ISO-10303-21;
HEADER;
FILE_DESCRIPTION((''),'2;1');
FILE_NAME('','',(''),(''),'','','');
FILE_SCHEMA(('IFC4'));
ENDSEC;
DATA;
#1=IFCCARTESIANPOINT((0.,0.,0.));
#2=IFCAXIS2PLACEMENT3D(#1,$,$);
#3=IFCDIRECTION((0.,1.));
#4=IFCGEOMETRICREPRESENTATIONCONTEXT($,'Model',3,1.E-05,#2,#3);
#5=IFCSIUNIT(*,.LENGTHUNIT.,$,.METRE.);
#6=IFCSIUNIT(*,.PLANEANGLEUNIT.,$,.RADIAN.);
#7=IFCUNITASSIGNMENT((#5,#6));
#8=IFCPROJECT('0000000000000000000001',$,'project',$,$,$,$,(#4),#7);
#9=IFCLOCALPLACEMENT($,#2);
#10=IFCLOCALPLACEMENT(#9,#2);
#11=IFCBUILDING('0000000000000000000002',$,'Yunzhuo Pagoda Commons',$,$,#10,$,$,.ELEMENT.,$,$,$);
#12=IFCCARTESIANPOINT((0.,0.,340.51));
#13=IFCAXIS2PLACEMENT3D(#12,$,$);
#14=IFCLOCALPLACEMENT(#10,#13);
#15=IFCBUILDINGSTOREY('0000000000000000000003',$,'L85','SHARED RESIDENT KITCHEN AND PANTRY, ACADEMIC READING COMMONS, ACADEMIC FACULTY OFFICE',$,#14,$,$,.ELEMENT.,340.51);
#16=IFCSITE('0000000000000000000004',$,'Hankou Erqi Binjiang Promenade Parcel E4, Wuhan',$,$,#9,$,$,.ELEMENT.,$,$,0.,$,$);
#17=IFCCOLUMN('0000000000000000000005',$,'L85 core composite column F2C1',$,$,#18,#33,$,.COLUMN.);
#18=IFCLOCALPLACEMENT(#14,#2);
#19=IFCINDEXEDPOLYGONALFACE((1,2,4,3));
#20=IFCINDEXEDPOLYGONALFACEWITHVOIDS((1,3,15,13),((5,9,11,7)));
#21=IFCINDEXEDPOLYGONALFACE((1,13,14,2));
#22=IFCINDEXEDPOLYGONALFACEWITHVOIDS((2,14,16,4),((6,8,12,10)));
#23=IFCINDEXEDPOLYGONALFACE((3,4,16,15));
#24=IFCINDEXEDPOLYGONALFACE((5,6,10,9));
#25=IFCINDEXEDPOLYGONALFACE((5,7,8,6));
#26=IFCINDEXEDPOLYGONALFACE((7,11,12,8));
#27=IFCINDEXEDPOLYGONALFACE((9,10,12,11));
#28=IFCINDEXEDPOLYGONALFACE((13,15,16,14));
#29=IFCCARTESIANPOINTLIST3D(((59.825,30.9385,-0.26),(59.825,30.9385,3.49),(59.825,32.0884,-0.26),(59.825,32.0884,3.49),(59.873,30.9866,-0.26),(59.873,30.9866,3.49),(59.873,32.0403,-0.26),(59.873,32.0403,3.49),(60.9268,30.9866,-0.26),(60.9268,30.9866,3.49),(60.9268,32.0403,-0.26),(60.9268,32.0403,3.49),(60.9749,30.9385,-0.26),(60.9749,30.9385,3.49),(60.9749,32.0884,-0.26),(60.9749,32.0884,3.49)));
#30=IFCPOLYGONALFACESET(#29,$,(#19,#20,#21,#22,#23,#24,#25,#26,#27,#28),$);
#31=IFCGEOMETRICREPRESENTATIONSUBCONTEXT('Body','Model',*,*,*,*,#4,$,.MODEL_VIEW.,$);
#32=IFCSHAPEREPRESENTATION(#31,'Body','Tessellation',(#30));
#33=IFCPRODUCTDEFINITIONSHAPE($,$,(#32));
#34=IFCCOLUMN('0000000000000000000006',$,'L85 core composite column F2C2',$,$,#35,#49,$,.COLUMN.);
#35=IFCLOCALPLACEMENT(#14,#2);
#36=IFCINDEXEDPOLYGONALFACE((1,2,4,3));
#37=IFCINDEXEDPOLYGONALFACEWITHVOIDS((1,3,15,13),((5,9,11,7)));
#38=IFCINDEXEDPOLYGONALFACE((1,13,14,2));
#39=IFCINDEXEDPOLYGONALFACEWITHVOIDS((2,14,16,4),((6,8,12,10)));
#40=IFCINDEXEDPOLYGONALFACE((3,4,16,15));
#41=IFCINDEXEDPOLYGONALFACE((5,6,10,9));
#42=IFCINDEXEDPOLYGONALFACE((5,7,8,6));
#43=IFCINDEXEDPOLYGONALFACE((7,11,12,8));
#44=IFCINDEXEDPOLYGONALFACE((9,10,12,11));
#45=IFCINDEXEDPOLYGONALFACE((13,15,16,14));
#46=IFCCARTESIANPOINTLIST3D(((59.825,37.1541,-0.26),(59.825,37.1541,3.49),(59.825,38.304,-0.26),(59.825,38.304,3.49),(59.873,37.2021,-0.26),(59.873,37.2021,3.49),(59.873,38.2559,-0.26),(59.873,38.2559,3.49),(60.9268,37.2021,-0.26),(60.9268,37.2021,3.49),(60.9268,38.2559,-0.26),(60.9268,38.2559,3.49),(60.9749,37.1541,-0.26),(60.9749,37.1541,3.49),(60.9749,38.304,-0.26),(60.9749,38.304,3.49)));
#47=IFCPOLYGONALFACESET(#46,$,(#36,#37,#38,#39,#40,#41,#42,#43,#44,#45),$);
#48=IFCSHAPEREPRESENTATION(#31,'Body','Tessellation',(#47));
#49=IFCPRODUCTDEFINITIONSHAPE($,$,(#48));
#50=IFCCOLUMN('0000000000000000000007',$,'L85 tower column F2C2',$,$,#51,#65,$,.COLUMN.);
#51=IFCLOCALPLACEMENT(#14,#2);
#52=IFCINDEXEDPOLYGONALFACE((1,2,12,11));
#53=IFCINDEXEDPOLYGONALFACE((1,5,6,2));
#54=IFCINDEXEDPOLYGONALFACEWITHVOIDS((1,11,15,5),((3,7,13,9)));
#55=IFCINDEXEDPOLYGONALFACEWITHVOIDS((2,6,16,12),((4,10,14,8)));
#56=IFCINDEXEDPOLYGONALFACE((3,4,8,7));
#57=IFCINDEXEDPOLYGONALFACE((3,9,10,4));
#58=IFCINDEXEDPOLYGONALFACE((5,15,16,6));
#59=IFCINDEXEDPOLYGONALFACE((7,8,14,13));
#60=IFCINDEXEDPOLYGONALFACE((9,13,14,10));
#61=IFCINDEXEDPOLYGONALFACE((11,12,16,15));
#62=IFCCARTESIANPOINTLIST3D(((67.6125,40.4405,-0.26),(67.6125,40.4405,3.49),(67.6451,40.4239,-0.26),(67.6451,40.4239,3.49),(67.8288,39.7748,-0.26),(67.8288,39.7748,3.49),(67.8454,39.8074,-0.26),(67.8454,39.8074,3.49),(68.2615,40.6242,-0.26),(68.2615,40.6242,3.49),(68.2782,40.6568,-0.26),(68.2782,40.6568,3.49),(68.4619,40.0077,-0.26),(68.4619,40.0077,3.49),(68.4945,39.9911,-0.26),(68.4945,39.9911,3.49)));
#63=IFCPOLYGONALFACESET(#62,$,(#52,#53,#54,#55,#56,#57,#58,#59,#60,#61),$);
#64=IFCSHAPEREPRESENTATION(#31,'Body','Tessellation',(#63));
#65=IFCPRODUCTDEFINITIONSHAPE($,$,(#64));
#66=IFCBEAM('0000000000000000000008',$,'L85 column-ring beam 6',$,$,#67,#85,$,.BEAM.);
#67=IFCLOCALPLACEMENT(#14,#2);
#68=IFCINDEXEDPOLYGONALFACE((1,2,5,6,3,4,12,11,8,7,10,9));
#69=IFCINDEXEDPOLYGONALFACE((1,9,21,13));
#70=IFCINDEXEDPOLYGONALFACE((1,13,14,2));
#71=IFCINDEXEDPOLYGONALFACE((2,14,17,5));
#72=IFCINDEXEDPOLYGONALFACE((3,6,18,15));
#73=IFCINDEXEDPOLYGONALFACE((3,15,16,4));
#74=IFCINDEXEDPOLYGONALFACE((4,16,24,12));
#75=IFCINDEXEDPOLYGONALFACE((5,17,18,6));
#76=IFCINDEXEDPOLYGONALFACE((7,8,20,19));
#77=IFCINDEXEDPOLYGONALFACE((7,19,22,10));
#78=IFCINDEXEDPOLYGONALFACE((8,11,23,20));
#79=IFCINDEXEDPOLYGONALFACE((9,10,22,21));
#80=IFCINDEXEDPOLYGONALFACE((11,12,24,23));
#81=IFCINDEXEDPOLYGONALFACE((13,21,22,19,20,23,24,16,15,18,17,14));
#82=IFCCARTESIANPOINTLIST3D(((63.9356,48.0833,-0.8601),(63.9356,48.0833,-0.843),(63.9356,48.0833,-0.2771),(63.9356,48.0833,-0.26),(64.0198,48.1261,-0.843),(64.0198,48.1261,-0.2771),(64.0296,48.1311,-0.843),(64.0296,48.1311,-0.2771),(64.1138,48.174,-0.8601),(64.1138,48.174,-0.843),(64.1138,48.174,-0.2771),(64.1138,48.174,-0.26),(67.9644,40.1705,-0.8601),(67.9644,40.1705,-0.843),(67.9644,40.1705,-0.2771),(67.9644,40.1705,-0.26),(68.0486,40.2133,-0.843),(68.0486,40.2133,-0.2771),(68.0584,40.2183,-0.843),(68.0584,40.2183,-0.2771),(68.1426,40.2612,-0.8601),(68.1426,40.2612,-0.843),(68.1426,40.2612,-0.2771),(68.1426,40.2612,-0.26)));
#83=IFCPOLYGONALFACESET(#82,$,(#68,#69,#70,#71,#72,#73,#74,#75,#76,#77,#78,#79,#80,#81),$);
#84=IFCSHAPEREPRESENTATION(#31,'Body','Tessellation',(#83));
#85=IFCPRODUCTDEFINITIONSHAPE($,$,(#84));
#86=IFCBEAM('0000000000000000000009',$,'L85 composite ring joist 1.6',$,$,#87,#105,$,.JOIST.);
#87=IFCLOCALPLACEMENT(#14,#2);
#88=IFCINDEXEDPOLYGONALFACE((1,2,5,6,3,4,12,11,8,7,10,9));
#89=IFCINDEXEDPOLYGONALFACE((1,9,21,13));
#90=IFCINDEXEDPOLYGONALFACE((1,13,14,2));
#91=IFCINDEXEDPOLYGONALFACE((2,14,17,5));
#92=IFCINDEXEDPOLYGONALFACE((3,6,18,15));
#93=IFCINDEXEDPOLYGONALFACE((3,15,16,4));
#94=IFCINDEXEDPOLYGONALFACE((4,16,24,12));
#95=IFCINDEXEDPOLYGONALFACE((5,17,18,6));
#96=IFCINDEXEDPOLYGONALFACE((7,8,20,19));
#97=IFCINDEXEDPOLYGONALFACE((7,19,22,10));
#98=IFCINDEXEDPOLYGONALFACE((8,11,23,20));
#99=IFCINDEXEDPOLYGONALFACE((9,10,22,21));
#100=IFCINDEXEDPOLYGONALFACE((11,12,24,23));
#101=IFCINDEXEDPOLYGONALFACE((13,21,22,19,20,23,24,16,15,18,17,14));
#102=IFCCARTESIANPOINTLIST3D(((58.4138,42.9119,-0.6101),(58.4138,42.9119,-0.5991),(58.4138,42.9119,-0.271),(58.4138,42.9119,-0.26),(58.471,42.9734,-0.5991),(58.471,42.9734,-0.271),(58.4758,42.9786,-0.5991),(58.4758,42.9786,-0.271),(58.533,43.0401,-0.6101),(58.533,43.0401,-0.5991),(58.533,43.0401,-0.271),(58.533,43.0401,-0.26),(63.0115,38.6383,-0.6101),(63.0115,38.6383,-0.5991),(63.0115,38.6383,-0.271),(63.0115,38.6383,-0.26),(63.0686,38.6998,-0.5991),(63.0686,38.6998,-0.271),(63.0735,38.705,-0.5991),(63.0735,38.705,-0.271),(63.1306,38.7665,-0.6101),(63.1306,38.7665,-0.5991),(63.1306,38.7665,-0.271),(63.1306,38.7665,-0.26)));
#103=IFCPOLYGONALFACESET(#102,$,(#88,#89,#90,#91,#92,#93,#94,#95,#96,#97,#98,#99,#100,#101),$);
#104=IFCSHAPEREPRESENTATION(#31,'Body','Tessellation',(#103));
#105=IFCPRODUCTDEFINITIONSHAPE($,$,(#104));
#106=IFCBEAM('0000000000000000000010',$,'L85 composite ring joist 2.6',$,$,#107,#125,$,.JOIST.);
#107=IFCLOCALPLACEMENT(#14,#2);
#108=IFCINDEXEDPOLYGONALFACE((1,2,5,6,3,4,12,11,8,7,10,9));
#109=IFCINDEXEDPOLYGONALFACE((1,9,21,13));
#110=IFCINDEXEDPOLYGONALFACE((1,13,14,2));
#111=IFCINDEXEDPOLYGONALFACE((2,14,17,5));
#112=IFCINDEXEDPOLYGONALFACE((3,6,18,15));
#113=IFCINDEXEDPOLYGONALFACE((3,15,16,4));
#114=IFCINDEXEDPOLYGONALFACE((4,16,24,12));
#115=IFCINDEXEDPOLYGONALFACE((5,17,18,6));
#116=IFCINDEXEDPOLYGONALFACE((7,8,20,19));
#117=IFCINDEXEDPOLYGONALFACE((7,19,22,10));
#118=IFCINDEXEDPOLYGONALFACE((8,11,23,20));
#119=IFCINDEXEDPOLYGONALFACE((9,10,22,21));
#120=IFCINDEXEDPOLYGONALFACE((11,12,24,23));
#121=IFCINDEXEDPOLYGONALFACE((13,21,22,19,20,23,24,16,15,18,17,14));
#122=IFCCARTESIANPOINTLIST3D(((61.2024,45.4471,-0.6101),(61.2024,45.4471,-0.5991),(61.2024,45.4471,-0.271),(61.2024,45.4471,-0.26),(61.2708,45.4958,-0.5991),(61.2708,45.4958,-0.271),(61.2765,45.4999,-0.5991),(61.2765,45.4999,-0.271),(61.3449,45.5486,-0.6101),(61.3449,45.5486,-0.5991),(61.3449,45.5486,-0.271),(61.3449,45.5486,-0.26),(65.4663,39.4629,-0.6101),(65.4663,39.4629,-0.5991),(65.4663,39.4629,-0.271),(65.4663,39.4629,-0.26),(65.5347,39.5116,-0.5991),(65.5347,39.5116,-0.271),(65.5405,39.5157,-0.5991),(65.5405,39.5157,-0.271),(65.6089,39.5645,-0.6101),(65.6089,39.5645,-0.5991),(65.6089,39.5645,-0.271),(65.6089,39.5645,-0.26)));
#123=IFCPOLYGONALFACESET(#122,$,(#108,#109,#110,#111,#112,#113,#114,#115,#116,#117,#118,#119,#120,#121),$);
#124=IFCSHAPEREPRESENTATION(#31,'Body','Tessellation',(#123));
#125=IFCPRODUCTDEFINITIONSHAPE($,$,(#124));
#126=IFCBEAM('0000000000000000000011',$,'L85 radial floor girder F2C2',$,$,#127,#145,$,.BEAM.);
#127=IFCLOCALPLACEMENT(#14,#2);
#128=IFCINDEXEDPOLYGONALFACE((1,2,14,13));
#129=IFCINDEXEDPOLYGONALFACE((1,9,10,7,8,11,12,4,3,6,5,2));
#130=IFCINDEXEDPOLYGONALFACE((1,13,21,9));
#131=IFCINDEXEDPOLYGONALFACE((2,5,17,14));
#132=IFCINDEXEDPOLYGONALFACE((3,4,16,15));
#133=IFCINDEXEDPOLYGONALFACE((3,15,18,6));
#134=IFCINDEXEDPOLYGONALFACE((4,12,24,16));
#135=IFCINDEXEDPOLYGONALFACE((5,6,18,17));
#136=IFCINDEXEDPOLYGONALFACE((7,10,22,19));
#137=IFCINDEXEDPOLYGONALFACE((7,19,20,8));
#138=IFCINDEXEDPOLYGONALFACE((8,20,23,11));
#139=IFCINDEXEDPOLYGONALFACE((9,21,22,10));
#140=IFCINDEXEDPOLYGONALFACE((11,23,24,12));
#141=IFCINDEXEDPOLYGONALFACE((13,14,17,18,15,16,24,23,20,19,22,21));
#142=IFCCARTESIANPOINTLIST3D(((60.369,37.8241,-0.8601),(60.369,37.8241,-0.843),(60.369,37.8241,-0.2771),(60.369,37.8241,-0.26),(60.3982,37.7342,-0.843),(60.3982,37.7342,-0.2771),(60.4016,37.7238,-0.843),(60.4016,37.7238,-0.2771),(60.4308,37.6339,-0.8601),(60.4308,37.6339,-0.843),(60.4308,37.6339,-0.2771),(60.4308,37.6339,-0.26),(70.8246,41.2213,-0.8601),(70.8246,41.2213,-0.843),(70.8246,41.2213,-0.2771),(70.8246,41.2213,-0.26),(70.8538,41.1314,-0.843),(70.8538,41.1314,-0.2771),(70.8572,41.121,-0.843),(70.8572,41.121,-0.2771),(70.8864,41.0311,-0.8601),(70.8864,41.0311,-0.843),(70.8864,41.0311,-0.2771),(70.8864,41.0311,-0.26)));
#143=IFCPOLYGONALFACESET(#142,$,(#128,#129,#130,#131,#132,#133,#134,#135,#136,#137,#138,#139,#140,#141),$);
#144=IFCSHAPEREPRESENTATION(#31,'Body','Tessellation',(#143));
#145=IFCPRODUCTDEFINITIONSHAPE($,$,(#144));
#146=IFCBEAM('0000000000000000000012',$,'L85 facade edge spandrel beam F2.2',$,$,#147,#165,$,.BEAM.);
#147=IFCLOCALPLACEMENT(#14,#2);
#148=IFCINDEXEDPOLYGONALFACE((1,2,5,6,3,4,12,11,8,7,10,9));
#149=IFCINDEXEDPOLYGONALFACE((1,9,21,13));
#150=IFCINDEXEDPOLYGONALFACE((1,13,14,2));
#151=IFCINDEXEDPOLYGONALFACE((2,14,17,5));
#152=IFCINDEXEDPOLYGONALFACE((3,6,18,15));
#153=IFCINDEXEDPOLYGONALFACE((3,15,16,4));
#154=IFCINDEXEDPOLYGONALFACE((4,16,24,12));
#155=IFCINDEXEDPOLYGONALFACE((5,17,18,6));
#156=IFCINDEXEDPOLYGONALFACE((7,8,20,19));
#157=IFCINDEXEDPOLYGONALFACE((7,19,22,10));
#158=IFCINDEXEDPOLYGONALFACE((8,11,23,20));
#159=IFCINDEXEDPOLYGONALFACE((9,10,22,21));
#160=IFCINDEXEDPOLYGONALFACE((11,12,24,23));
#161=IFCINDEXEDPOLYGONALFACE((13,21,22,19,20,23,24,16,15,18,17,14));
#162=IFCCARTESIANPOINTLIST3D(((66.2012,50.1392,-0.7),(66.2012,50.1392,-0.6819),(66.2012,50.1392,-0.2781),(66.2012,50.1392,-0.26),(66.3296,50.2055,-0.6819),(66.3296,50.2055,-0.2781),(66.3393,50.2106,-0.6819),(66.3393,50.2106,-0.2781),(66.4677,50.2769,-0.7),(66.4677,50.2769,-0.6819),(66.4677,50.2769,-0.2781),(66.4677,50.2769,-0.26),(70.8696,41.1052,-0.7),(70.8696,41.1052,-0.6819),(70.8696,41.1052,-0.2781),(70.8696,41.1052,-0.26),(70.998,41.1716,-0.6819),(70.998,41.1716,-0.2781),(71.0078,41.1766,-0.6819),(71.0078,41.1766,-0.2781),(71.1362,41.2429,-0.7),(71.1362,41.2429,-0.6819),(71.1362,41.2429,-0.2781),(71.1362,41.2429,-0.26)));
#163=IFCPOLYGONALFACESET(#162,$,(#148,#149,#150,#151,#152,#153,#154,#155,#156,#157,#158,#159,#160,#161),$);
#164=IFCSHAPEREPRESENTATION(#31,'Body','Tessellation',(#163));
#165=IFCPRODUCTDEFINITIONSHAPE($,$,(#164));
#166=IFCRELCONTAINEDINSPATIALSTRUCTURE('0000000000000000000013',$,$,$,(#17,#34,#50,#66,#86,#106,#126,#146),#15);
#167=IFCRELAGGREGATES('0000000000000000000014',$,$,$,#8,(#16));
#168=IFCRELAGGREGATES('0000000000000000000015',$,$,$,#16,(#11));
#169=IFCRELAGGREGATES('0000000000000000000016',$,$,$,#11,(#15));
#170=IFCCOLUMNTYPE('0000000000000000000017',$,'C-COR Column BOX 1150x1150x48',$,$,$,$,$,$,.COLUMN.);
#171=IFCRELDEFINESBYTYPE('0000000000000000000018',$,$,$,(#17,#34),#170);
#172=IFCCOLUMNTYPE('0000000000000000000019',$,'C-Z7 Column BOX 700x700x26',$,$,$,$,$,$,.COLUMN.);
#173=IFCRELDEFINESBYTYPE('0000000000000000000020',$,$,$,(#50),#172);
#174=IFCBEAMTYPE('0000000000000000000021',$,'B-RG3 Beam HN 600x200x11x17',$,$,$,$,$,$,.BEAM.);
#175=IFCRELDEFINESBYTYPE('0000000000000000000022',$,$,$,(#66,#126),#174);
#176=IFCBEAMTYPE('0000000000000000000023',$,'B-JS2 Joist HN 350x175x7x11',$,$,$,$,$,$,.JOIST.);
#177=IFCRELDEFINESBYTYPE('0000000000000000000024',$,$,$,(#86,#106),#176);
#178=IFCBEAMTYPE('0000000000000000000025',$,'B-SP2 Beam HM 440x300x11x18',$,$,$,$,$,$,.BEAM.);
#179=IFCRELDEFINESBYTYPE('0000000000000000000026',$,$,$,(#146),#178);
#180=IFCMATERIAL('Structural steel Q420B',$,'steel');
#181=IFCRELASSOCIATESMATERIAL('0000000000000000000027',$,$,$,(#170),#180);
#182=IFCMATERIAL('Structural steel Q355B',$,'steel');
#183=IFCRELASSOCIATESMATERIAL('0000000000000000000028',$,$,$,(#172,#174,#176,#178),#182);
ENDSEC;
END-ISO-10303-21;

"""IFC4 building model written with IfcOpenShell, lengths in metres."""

from ifc_helpers import new_model, si_unit, direction, frame, origin, origin_2d, place, context, subcontext, project, spatial, hollow_rectangle, i_section, extrude, source, transform, mapped, material, material_profile, profile_set, type_object, element, save


model = new_model("IFC4")

# Units and contexts
model_context = context("Model", 3, precision=1e-05, world=origin(), true_north=direction((0.0, 1.0)))
body_context = subcontext(model_context, "Body", "Model", "MODEL_VIEW")
ifc_project = project(units=[si_unit("LENGTHUNIT", "METRE"), si_unit("PLANEANGLEUNIT", "RADIAN")], contexts=[model_context])

# Site, building, storey
site_placement = place(None, origin())
site = spatial("IfcSite", under=ifc_project, at=site_placement, Name="Hankou Erqi Binjiang Promenade Parcel E4, Wuhan", CompositionType="ELEMENT", RefElevation=0.0)
building_placement = place(site_placement, origin())
building = spatial("IfcBuilding", under=site, at=building_placement, Name="Yunzhuo Pagoda Commons", CompositionType="ELEMENT")
storey_placement = place(building_placement, frame((0.0, 0.0, 340.51)))
storey = spatial("IfcBuildingStorey", under=building, at=storey_placement, Name="L85", Description="SHARED RESIDENT KITCHEN AND PANTRY, ACADEMIC READING COMMONS, ACADEMIC FACULTY OFFICE", CompositionType="ELEMENT", Elevation=340.51)

# Columns
ifc_material_1 = material(Name="Structural steel Q420B", Category="steel")
ifc_material_profile_1 = material_profile(ifc_material_1, hollow_rectangle(XDim=1.1499, YDim=1.1499, WallThickness=0.0481, at=origin_2d()), Name="Structural steel Q420B")
ifc_profile_set_1 = profile_set([ifc_material_profile_1], Name="Structural steel Q420B")
column_type_1 = type_object("IfcColumnType", Name="C-COR Column BOX 1150x1150x48", PredefinedType="COLUMN", material=ifc_profile_set_1)
shared_shape_1 = source(origin(), body_context, "Body", "SweptSolid", [
    extrude(hollow_rectangle(XDim=1.1499, YDim=1.1499, WallThickness=0.0481, at=origin_2d()), origin(), (0.0, 0.0, 1.0), 3.75),
])
for number, where, z_axis, x_axis, name in (
    (1, (60.3999, 31.5134, -0.26), (0.0, 0.0, 1.0), (1.0, 0.0, 0.0), "L85 core composite column F2C1"),
    (2, (60.3999, 37.729, -0.26), (0.0, 0.0, 1.0), (1.0, 0.0, 0.0), "L85 core composite column F2C2"),
):
    element("IfcColumn", number, at=place(storey_placement, frame(where, z_axis=z_axis, x_axis=x_axis)), inside=storey, type_object=column_type_1, Name=name, PredefinedType="COLUMN", context=body_context, shape_type="MappedRepresentation", body=[
        mapped(shared_shape_1, transform((0.0, 0.0, 0.0), scale=1.0)),
    ])
ifc_material_2 = material(Name="Structural steel Q355B", Category="steel")
ifc_material_profile_2 = material_profile(ifc_material_2, hollow_rectangle(XDim=0.7, YDim=0.7, WallThickness=0.0259, at=origin_2d()), Name="Structural steel Q355B")
ifc_profile_set_2 = profile_set([ifc_material_profile_2], Name="Structural steel Q355B")
column_type_2 = type_object("IfcColumnType", Name="C-Z7 Column BOX 700x700x26", PredefinedType="COLUMN", material=ifc_profile_set_2)
shared_shape_2 = source(origin(), body_context, "Body", "SweptSolid", [
    extrude(hollow_rectangle(XDim=0.7, YDim=0.7, WallThickness=0.0259, at=origin_2d()), origin(), (0.0, 0.0, 1.0), 3.75),
])
column_placement = place(storey_placement, frame((68.0535, 40.2158, -0.26), z_axis=(0.0, 0.0, 1.0), x_axis=(-0.309017, 0.951057, 0.0)))
element("IfcColumn", 3, at=column_placement, inside=storey, type_object=column_type_2, Name="L85 tower column F2C2", PredefinedType="COLUMN", context=body_context, shape_type="MappedRepresentation", body=[
    mapped(shared_shape_2, transform((0.0, 0.0, 0.0), scale=1.0)),
])

# Beams
ifc_material_profile_3 = material_profile(ifc_material_2, i_section(OverallWidth=0.2, OverallDepth=0.6001, WebThickness=0.011, FlangeThickness=0.0171, at=origin_2d()), Name="Structural steel Q355B")
ifc_profile_set_3 = profile_set([ifc_material_profile_3], Name="Structural steel Q355B")
beam_type_1 = type_object("IfcBeamType", Name="B-RG3 Beam HN 600x200x11x17", PredefinedType="BEAM", material=ifc_profile_set_3)
shared_shape_3 = source(origin(), body_context, "Body", "SweptSolid", [
    extrude(i_section(OverallWidth=0.2, OverallDepth=0.6001, WebThickness=0.011, FlangeThickness=0.0171, at=origin_2d()), origin(), (0.0, 0.0, 1.0), 8.8794),
])
beam_1_placement = place(storey_placement, frame((68.0535, 40.2158, -0.5601), z_axis=(-0.453724, 0.891142, 0.0), x_axis=(-0.891142, -0.453724, 0.0)))
element("IfcBeam", 4, at=beam_1_placement, inside=storey, type_object=beam_type_1, Name="L85 column-ring beam 6", PredefinedType="BEAM", context=body_context, shape_type="MappedRepresentation", body=[
    mapped(shared_shape_3, transform((0.0, 0.0, 0.0), scale=1.0)),
])
ifc_material_profile_4 = material_profile(ifc_material_2, i_section(OverallWidth=0.175, OverallDepth=0.3501, WebThickness=0.0071, FlangeThickness=0.011, at=origin_2d()), Name="Structural steel Q355B")
ifc_profile_set_4 = profile_set([ifc_material_profile_4], Name="Structural steel Q355B")
beam_type_2 = type_object("IfcBeamType", Name="B-JS2 Joist HN 350x175x7x11", PredefinedType="JOIST", material=ifc_profile_set_4)
shared_shape_4 = source(origin(), body_context, "Body", "SweptSolid", [
    extrude(i_section(OverallWidth=0.175, OverallDepth=0.3501, WebThickness=0.0071, FlangeThickness=0.011, at=origin_2d()), origin(), (0.0, 0.0, 1.0), 6.2771),
])
beam_2_placement = place(storey_placement, frame((63.071, 38.7024, -0.4351), z_axis=(-0.732442, 0.68083, 0.0), x_axis=(-0.68083, -0.732442, 0.0)))
element("IfcBeam", 5, at=beam_2_placement, inside=storey, type_object=beam_type_2, Name="L85 composite ring joist 1.6", PredefinedType="JOIST", context=body_context, shape_type="MappedRepresentation", body=[
    mapped(shared_shape_4, transform((0.0, 0.0, 0.0), scale=1.0)),
])
shared_shape_5 = source(origin(), body_context, "Body", "SweptSolid", [
    extrude(i_section(OverallWidth=0.175, OverallDepth=0.3501, WebThickness=0.0071, FlangeThickness=0.011, at=origin_2d()), origin(), (0.0, 0.0, 1.0), 7.3479),
])
beam_3_placement = place(storey_placement, frame((65.5376, 39.5137, -0.4351), z_axis=(-0.580295, 0.814406, 0.0), x_axis=(-0.814406, -0.580295, 0.0)))
element("IfcBeam", 6, at=beam_3_placement, inside=storey, type_object=beam_type_2, Name="L85 composite ring joist 2.6", PredefinedType="JOIST", context=body_context, shape_type="MappedRepresentation", body=[
    mapped(shared_shape_5, transform((0.0, 0.0, 0.0), scale=1.0)),
])
shared_shape_6 = source(origin(), body_context, "Body", "SweptSolid", [
    extrude(i_section(OverallWidth=0.2, OverallDepth=0.6001, WebThickness=0.011, FlangeThickness=0.0171, at=origin_2d()), origin(), (0.0, 0.0, 1.0), 10.9937),
])
beam_4_placement = place(storey_placement, frame((70.8555, 41.1262, -0.5601), z_axis=(-0.951057, -0.309017, 0.0), x_axis=(0.309017, -0.951057, 0.0)))
element("IfcBeam", 7, at=beam_4_placement, inside=storey, type_object=beam_type_1, Name="L85 radial floor girder F2C2", PredefinedType="BEAM", context=body_context, shape_type="MappedRepresentation", body=[
    mapped(shared_shape_6, transform((0.0, 0.0, 0.0), scale=1.0)),
])
ifc_material_profile_5 = material_profile(ifc_material_2, i_section(OverallWidth=0.3, OverallDepth=0.4399, WebThickness=0.011, FlangeThickness=0.0181, at=origin_2d()), Name="Structural steel Q355B")
ifc_profile_set_5 = profile_set([ifc_material_profile_5], Name="Structural steel Q355B")
beam_type_3 = type_object("IfcBeamType", Name="B-SP2 Beam HM 440x300x11x18", PredefinedType="BEAM", material=ifc_profile_set_5)
shared_shape_7 = source(origin(), body_context, "Body", "SweptSolid", [
    extrude(i_section(OverallWidth=0.3, OverallDepth=0.4399, WebThickness=0.011, FlangeThickness=0.0181, at=origin_2d()), origin(), (0.0, 0.0, 1.0), 10.1689),
])
beam_5_placement = place(storey_placement, frame((71.0029, 41.1741, -0.48), z_axis=(-0.459092, 0.888389, 0.0), x_axis=(-0.888389, -0.459092, 0.0)))
element("IfcBeam", 8, at=beam_5_placement, inside=storey, type_object=beam_type_3, Name="L85 facade edge spandrel beam F2.2", PredefinedType="BEAM", context=body_context, shape_type="MappedRepresentation", body=[
    mapped(shared_shape_7, transform((0.0, 0.0, 0.0), scale=1.0)),
])

save(model, "model.ifc")
